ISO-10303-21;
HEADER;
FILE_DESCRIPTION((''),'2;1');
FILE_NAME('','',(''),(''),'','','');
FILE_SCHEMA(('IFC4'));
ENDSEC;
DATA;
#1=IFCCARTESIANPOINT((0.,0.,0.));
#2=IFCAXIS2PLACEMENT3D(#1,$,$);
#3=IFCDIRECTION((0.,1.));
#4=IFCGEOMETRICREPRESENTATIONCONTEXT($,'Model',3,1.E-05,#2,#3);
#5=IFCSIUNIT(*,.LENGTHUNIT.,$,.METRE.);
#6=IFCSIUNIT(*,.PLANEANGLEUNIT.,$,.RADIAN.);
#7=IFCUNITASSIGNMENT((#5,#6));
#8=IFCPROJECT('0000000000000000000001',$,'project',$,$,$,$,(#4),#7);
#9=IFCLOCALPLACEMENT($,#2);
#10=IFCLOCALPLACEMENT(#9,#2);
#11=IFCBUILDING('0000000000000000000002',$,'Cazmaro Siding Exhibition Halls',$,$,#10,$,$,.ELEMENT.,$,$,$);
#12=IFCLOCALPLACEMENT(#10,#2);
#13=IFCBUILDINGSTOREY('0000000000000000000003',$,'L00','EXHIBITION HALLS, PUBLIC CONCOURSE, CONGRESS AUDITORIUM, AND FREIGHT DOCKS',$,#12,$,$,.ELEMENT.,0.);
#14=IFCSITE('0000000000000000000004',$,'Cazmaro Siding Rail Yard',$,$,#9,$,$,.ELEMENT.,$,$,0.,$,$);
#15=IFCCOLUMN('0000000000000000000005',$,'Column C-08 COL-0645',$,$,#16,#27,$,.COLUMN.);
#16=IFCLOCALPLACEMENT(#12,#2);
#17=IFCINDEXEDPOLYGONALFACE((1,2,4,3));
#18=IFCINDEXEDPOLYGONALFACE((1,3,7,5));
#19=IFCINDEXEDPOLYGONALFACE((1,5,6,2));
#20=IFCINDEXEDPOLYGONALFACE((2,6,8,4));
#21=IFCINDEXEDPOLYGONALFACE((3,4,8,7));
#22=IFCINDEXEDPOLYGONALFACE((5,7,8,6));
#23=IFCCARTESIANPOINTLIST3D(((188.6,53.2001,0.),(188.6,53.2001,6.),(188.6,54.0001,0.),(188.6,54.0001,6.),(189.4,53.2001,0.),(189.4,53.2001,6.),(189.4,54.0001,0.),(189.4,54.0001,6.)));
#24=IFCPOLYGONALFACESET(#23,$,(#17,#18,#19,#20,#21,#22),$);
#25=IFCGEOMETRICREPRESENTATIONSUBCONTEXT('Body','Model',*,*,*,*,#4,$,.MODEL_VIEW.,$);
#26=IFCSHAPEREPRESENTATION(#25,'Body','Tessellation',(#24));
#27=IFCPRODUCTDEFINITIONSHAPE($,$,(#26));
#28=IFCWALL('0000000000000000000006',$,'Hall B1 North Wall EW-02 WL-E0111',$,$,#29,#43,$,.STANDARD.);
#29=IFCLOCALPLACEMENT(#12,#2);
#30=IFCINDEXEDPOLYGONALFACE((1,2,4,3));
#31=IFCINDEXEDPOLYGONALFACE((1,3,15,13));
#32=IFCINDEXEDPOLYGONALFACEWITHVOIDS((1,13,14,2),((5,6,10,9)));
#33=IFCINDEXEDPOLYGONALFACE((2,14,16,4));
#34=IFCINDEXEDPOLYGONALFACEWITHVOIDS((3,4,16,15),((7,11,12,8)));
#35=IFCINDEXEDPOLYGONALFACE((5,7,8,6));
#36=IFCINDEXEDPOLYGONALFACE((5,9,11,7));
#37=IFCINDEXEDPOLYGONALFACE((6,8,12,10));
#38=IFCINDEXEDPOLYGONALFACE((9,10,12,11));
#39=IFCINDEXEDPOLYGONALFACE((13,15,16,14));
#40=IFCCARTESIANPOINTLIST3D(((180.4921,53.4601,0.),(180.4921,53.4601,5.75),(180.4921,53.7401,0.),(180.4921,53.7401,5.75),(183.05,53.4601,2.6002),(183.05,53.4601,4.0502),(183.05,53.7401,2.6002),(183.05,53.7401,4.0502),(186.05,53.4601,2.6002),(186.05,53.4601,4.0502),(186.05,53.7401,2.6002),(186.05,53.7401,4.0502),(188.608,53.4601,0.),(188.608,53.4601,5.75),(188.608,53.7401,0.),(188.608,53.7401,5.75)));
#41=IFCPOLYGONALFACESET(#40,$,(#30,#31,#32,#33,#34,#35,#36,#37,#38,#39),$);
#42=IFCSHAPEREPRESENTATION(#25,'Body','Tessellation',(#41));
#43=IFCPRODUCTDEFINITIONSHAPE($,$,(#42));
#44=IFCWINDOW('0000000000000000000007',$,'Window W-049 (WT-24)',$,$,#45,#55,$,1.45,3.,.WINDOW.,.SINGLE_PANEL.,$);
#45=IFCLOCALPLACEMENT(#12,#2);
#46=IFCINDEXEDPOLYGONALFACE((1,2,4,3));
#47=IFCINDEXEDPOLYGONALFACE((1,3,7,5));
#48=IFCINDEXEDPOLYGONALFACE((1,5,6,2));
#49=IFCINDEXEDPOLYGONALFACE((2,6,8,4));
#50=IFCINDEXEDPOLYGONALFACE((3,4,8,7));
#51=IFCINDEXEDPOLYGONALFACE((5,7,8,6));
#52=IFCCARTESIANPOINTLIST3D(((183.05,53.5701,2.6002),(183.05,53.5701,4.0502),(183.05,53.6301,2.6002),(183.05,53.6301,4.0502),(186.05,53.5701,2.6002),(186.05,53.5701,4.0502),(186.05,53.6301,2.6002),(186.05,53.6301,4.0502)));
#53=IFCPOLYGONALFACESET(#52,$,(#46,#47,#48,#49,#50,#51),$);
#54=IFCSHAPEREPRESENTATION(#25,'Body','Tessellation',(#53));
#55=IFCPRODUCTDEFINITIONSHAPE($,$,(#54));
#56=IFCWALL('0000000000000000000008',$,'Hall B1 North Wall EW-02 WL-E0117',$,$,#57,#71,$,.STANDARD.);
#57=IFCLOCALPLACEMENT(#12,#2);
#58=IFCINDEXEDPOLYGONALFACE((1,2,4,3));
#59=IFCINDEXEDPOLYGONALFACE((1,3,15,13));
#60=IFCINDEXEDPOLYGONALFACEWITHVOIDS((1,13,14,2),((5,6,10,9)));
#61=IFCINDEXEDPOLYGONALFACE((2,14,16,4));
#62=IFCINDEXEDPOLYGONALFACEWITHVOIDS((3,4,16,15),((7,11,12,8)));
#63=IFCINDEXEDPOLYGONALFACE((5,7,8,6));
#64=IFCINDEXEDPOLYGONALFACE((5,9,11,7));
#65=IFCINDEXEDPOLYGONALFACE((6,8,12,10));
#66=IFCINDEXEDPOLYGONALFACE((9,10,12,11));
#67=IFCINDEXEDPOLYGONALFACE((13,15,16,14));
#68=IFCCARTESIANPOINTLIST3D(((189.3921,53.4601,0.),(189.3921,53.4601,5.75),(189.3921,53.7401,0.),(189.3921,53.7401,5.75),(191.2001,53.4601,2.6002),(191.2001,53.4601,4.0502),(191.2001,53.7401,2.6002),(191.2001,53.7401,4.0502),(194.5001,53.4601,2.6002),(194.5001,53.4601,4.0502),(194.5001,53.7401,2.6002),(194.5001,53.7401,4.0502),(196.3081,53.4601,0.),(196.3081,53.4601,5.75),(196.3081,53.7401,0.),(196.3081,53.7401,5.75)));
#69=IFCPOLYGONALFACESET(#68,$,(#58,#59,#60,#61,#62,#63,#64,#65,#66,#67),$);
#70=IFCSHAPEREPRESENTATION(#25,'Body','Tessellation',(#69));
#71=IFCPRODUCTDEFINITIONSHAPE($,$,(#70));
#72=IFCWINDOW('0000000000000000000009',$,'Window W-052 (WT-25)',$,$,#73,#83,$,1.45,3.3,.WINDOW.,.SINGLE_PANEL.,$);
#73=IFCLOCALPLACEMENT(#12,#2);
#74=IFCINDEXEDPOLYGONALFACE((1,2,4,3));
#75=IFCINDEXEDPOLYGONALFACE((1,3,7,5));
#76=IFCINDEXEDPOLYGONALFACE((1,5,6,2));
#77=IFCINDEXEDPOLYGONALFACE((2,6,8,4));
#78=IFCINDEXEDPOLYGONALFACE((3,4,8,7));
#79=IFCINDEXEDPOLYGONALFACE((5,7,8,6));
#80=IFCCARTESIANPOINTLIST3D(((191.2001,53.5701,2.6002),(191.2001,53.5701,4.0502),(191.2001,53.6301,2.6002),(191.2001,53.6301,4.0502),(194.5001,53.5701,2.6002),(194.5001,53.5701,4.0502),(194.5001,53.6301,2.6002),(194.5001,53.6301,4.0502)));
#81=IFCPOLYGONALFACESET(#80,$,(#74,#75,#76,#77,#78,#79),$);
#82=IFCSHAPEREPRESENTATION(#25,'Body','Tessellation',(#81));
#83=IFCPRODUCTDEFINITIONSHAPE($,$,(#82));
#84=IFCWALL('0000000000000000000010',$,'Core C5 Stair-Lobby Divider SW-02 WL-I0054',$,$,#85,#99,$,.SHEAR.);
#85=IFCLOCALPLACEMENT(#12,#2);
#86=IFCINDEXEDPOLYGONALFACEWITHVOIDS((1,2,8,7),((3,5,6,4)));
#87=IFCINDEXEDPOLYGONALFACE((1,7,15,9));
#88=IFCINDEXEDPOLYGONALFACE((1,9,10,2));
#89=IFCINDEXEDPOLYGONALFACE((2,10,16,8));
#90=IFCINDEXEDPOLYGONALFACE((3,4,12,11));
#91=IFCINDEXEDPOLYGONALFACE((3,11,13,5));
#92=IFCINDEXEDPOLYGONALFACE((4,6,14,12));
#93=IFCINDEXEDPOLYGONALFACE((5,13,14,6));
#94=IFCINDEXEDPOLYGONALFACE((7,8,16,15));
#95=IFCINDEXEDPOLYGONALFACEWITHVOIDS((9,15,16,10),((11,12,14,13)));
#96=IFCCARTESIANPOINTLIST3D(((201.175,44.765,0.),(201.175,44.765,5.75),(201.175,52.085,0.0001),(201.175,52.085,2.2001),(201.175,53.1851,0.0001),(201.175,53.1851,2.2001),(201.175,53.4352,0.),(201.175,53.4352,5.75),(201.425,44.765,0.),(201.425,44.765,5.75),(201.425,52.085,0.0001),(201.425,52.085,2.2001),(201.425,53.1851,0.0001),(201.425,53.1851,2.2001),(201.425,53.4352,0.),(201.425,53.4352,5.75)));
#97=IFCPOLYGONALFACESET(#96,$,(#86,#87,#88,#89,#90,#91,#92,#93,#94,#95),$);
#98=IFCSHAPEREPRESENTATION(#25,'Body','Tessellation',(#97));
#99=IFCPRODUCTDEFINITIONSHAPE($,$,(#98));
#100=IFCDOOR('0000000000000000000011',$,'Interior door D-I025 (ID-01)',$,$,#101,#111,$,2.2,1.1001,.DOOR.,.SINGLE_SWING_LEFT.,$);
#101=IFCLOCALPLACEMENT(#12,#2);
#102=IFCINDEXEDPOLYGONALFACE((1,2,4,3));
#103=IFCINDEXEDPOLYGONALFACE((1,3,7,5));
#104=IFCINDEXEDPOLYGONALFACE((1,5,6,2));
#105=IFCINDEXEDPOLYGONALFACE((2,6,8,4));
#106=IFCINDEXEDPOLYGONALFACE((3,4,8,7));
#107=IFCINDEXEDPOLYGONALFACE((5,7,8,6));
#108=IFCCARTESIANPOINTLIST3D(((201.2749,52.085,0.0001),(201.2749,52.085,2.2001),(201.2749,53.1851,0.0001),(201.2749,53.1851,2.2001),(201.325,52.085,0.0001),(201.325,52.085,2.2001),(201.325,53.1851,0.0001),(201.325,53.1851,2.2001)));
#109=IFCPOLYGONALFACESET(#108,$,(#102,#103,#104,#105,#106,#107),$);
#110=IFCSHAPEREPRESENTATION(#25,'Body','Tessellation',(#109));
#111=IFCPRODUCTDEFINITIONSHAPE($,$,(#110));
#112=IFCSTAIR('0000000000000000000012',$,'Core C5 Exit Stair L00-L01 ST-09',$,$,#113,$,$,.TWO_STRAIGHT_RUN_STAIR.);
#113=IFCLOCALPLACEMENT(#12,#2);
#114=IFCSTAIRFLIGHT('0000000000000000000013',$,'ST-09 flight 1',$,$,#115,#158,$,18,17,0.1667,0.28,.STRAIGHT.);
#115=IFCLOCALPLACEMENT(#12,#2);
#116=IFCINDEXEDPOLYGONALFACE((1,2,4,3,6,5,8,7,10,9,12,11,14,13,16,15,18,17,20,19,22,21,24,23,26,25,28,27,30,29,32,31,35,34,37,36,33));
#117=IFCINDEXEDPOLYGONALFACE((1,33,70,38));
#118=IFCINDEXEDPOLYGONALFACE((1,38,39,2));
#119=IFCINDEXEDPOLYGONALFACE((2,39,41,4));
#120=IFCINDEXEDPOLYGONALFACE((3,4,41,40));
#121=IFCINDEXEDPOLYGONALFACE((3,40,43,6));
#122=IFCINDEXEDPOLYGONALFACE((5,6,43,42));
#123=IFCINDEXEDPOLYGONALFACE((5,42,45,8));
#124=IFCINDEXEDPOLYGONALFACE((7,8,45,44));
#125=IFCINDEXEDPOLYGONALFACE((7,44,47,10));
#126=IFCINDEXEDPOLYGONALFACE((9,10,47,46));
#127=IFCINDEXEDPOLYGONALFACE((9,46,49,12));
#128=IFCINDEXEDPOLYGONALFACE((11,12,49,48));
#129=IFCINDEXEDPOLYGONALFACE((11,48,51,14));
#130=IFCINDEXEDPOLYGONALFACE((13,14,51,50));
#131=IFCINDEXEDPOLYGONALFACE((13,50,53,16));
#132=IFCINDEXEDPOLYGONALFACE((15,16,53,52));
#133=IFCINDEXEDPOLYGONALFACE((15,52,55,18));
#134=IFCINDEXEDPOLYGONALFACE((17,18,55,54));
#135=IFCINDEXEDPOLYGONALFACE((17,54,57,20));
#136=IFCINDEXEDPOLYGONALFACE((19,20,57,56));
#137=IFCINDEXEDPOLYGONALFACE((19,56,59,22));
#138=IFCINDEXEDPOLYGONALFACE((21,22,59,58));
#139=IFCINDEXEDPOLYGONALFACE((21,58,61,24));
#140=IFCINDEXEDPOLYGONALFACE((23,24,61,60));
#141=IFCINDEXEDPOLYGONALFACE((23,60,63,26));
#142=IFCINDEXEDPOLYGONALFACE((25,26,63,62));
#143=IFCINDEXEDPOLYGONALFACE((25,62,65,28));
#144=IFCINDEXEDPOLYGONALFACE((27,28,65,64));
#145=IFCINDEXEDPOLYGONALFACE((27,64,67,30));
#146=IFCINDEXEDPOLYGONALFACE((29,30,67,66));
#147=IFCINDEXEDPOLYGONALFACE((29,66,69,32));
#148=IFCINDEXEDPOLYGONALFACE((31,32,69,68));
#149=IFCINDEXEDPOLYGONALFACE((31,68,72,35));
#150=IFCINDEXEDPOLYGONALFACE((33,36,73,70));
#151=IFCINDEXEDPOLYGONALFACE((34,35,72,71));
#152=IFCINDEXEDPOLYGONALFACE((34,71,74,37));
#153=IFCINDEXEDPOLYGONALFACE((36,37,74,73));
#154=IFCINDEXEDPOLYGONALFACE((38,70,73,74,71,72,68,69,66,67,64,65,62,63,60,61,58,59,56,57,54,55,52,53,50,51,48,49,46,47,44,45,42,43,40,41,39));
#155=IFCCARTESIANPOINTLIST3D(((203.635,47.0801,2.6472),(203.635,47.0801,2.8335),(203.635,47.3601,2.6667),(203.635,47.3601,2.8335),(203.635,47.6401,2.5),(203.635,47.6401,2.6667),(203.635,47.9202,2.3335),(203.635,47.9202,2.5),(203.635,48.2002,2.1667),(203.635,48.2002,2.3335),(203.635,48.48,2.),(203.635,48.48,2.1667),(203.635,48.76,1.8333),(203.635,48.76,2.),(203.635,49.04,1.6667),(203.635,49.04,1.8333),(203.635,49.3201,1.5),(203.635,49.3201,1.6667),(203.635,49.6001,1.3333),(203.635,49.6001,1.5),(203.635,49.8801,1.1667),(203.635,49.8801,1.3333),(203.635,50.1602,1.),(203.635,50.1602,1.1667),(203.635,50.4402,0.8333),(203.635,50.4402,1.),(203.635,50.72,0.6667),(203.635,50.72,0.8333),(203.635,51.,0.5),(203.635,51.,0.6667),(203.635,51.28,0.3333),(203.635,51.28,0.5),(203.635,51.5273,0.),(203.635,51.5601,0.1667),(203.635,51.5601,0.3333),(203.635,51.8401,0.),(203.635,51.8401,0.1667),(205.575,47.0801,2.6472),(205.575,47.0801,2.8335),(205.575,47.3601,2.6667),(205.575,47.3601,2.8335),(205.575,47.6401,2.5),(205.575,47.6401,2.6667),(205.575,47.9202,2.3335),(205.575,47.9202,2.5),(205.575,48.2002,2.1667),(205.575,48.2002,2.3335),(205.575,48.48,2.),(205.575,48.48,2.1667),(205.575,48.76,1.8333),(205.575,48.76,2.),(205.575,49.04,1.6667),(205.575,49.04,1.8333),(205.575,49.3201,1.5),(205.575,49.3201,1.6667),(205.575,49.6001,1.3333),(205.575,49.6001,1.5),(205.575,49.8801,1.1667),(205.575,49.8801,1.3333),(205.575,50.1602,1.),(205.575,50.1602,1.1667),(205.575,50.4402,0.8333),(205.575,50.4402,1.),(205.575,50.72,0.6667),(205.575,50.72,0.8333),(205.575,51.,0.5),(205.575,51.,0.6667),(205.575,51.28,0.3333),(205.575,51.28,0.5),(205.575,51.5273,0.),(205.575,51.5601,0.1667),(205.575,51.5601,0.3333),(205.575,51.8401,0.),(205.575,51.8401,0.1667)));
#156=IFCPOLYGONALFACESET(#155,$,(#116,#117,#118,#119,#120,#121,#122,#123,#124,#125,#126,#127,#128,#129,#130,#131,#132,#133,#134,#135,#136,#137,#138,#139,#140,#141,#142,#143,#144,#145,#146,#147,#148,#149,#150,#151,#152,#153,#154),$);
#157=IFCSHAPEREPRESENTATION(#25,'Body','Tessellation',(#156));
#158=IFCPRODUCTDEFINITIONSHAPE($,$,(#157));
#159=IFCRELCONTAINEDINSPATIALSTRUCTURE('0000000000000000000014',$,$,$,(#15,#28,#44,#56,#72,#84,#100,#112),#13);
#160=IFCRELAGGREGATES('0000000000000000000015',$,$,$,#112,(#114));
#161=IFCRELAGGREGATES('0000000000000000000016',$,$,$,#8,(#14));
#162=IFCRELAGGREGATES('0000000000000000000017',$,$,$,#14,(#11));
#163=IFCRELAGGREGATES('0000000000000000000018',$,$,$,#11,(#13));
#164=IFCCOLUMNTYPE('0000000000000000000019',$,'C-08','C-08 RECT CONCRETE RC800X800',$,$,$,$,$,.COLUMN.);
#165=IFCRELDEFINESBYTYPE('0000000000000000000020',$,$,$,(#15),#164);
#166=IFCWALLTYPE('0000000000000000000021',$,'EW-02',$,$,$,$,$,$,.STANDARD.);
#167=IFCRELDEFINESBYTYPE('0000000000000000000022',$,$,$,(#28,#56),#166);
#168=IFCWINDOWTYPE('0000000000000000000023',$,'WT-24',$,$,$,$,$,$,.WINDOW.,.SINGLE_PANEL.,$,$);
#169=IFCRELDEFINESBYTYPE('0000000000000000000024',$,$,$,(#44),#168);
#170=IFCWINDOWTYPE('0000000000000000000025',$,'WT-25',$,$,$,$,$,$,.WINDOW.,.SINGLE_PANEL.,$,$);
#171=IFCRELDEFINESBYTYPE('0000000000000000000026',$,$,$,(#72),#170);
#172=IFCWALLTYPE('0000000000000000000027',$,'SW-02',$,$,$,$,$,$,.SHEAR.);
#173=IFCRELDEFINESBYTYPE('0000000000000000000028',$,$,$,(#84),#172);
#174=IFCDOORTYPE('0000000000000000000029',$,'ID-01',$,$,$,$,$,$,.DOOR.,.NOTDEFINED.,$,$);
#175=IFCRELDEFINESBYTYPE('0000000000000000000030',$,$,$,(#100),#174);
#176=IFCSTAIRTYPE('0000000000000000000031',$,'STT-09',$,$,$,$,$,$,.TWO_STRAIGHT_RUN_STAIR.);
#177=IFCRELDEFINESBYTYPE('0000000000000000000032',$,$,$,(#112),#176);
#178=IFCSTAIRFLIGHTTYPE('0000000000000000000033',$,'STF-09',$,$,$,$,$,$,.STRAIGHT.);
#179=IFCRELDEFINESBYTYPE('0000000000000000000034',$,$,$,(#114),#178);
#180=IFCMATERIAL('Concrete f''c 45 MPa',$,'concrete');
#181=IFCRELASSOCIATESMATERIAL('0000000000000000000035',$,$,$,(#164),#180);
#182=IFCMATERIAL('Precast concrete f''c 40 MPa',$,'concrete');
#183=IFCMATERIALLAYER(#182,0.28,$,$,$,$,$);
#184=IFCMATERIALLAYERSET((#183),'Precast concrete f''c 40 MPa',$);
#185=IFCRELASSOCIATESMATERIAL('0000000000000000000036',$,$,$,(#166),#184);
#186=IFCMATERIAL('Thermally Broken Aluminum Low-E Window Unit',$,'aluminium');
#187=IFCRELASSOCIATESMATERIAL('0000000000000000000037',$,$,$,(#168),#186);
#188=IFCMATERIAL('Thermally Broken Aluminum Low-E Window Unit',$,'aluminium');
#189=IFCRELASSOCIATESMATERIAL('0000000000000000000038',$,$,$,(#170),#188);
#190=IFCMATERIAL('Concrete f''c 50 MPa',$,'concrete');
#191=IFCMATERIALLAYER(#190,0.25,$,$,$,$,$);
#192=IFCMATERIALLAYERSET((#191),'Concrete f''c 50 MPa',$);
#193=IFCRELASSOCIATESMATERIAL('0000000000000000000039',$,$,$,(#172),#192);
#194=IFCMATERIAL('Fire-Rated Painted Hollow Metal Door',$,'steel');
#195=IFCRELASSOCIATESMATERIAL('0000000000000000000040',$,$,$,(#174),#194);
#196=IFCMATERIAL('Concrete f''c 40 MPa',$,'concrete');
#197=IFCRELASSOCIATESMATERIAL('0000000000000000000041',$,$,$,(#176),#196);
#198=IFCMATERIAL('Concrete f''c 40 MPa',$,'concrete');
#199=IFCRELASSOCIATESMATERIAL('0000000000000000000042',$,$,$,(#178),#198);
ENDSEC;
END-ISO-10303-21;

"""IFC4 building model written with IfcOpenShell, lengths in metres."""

from ifc_helpers import new_model, si_unit, direction, frame, frame_2d, origin, origin_2d, place, context, subcontext, project, spatial, polyline, rectangle, outline, extrude, material, layer, layer_set, material_profile, profile_set, type_object, element, fill, aggregate, save


model = new_model("IFC4")

# Units and contexts
model_context = context("Model", 3, precision=1e-05, world=origin(), true_north=direction((0.0, 1.0)))
body_context = subcontext(model_context, "Body", "Model", "MODEL_VIEW")
ifc_project = project(units=[si_unit("LENGTHUNIT", "METRE"), si_unit("PLANEANGLEUNIT", "RADIAN")], contexts=[model_context])

# Site, building, storey
site_placement = place(None, origin())
site = spatial("IfcSite", under=ifc_project, at=site_placement, Name="Cazmaro Siding Rail Yard", CompositionType="ELEMENT", RefElevation=0.0)
building_placement = place(site_placement, origin())
building = spatial("IfcBuilding", under=site, at=building_placement, Name="Cazmaro Siding Exhibition Halls", CompositionType="ELEMENT")
storey_placement = place(building_placement, origin())
storey = spatial("IfcBuildingStorey", under=building, at=storey_placement, Name="L00", Description="EXHIBITION HALLS, PUBLIC CONCOURSE, CONGRESS AUDITORIUM, AND FREIGHT DOCKS", CompositionType="ELEMENT", Elevation=0.0)

# Column
ifc_material_1 = material(Name="Concrete f'c 45 MPa", Category="concrete")
ifc_material_profile_1 = material_profile(ifc_material_1, rectangle(XDim=0.8, YDim=0.8, at=origin_2d()), Name="RC800X800")
ifc_profile_set_1 = profile_set([ifc_material_profile_1], Name="Concrete f'c 45 MPa")
column_type_1 = type_object("IfcColumnType", Name="C-08", Description="C-08 RECT CONCRETE RC800X800", PredefinedType="COLUMN", material=ifc_profile_set_1)
column_1_placement = place(storey_placement, frame((189.0, 53.6001, 0.0), z_axis=(0.0, 0.0, 1.0), x_axis=(1.0, 0.0, 0.0)))
element("IfcColumn", 1, at=column_1_placement, inside=storey, type_object=column_type_1, Name="Column C-08 COL-0645", PredefinedType="COLUMN", context=body_context, shape_type="SweptSolid", body=[
    extrude(rectangle(XDim=0.8, YDim=0.8, at=origin_2d()), origin(), (0.0, 0.0, 1.0), 6.0),
])

# Walls, openings, windows
ifc_material_2 = material(Name="Precast concrete f'c 40 MPa", Category="concrete")
ifc_layer_1 = layer(ifc_material_2, 0.28)
ifc_layer_set_1 = layer_set([ifc_layer_1], Name="Precast concrete f'c 40 MPa")
wall_type_1 = type_object("IfcWallType", Name="EW-02", PredefinedType="STANDARD", material=ifc_layer_set_1)
wall_1_placement = place(storey_placement, frame((180.4919, 53.6001, 0.0), z_axis=(0.0, 0.0, 1.0), x_axis=(1.0, 0.0, 0.0)))
wall_1 = element("IfcWall", 2, at=wall_1_placement, inside=storey, type_object=wall_type_1, Name="Hall B1 North Wall EW-02 WL-E0111", PredefinedType="STANDARD", context=body_context, shape_type="SweptSolid", body=[
    extrude(rectangle(XDim=8.116, YDim=0.28, at=frame_2d((4.0581, 0.0))), origin(), (0.0, 0.0, 1.0), 5.75),
])
opening_1_placement = place(wall_1_placement, frame((2.5581, 0.0, 2.6001)))
opening_1 = element("IfcOpeningElement", 3, at=opening_1_placement, cuts=wall_1, PredefinedType="OPENING", context=body_context, shape_type="SweptSolid", body=[
    extrude(rectangle(XDim=3.0, YDim=1.45, at=frame_2d((1.5, 0.7251))), frame((0.0, 0.1499, 0.0), z_axis=(0.0, -1.0, 0.0), x_axis=(1.0, 0.0, 0.0)), (0.0, 0.0, 1.0), 0.3),
])
ifc_material_3 = material(Name="Thermally Broken Aluminum Low-E Window Unit", Category="aluminium")
window_type_1 = type_object("IfcWindowType", Name="WT-24", PartitioningType="SINGLE_PANEL", PredefinedType="WINDOW", material=ifc_material_3)
window_1_placement = place(opening_1_placement, origin())
window_1 = element("IfcWindow", 4, at=window_1_placement, inside=storey, type_object=window_type_1, Name="Window W-049 (WT-24)", OverallHeight=1.45, OverallWidth=3.0, PartitioningType="SINGLE_PANEL", PredefinedType="WINDOW", context=body_context, shape_type="SweptSolid", body=[
    extrude(rectangle(XDim=3.0, YDim=1.45, at=frame_2d((1.5, 0.7251))), frame((0.0, 0.03, 0.0), z_axis=(0.0, -1.0, 0.0), x_axis=(1.0, 0.0, 0.0)), (0.0, 0.0, 1.0), 0.0601),
])
fill(opening_1, window_1)
wall_2_placement = place(storey_placement, frame((189.3921, 53.6001, 0.0), z_axis=(0.0, 0.0, 1.0), x_axis=(1.0, 0.0, 0.0)))
wall_2 = element("IfcWall", 5, at=wall_2_placement, inside=storey, type_object=wall_type_1, Name="Hall B1 North Wall EW-02 WL-E0117", PredefinedType="STANDARD", context=body_context, shape_type="SweptSolid", body=[
    extrude(rectangle(XDim=6.916, YDim=0.28, at=frame_2d((3.458, 0.0))), origin(), (0.0, 0.0, 1.0), 5.75),
])
opening_2_placement = place(wall_2_placement, frame((1.8081, 0.0, 2.6001)))
opening_2 = element("IfcOpeningElement", 6, at=opening_2_placement, cuts=wall_2, PredefinedType="OPENING", context=body_context, shape_type="SweptSolid", body=[
    extrude(rectangle(XDim=3.3, YDim=1.45, at=frame_2d((1.6499, 0.7251))), frame((0.0, 0.1499, 0.0), z_axis=(0.0, -1.0, 0.0), x_axis=(1.0, 0.0, 0.0)), (0.0, 0.0, 1.0), 0.3),
])
ifc_material_4 = material(Name="Thermally Broken Aluminum Low-E Window Unit", Category="aluminium")
window_type_2 = type_object("IfcWindowType", Name="WT-25", PartitioningType="SINGLE_PANEL", PredefinedType="WINDOW", material=ifc_material_4)
window_2_placement = place(opening_2_placement, origin())
window_2 = element("IfcWindow", 7, at=window_2_placement, inside=storey, type_object=window_type_2, Name="Window W-052 (WT-25)", OverallHeight=1.45, OverallWidth=3.3, PartitioningType="SINGLE_PANEL", PredefinedType="WINDOW", context=body_context, shape_type="SweptSolid", body=[
    extrude(rectangle(XDim=3.3, YDim=1.45, at=frame_2d((1.6499, 0.7251))), frame((0.0, 0.03, 0.0), z_axis=(0.0, -1.0, 0.0), x_axis=(1.0, 0.0, 0.0)), (0.0, 0.0, 1.0), 0.0601),
])
fill(opening_2, window_2)

# Wall, opening, door
ifc_material_5 = material(Name="Concrete f'c 50 MPa", Category="concrete")
ifc_layer_2 = layer(ifc_material_5, 0.25)
ifc_layer_set_2 = layer_set([ifc_layer_2], Name="Concrete f'c 50 MPa")
wall_type_2 = type_object("IfcWallType", Name="SW-02", PredefinedType="SHEAR", material=ifc_layer_set_2)
wall_3_placement = place(storey_placement, frame((201.3, 53.4351, 0.0), z_axis=(0.0, 0.0, 1.0), x_axis=(0.0, -1.0, 0.0)))
wall_3 = element("IfcWall", 8, at=wall_3_placement, inside=storey, type_object=wall_type_2, Name="Core C5 Stair-Lobby Divider SW-02 WL-I0054", PredefinedType="SHEAR", context=body_context, shape_type="SweptSolid", body=[
    extrude(rectangle(XDim=8.6702, YDim=0.25, at=frame_2d((4.335, 0.0))), origin(), (0.0, 0.0, 1.0), 5.75),
])
opening_3_placement = place(wall_3_placement, frame((0.25, 0.0, 0.0)))
opening_3 = element("IfcOpeningElement", 9, at=opening_3_placement, cuts=wall_3, PredefinedType="OPENING", context=body_context, shape_type="SweptSolid", body=[
    extrude(rectangle(XDim=1.1001, YDim=2.2, at=frame_2d((0.55, 1.1001))), frame((0.0, 0.135, 0.0), z_axis=(0.0, -1.0, 0.0), x_axis=(1.0, 0.0, 0.0)), (0.0, 0.0, 1.0), 0.27),
])
ifc_material_6 = material(Name="Fire-Rated Painted Hollow Metal Door", Category="steel")
door_type_1 = type_object("IfcDoorType", Name="ID-01", OperationType="NOTDEFINED", PredefinedType="DOOR", material=ifc_material_6)
door_1_placement = place(opening_3_placement, origin())
door_1 = element("IfcDoor", 10, at=door_1_placement, inside=storey, type_object=door_type_1, Name="Interior door D-I025 (ID-01)", OperationType="SINGLE_SWING_LEFT", OverallHeight=2.2, OverallWidth=1.1001, PredefinedType="DOOR", context=body_context, shape_type="SweptSolid", body=[
    extrude(rectangle(XDim=1.1001, YDim=2.2, at=frame_2d((0.55, 1.1001))), frame((0.0, 0.0249, 0.0), z_axis=(0.0, -1.0, 0.0), x_axis=(1.0, 0.0, 0.0)), (0.0, 0.0, 1.0), 0.05),
])
fill(opening_3, door_1)

# Stair, stair flight
ifc_material_7 = material(Name="Concrete f'c 40 MPa", Category="concrete")
stair_type = type_object("IfcStairType", Name="STT-09", PredefinedType="TWO_STRAIGHT_RUN_STAIR", material=ifc_material_7)
stair_placement = place(storey_placement, origin())
stair = element("IfcStair", 11, at=stair_placement, inside=storey, type_object=stair_type, Name="Core C5 Exit Stair L00-L01 ST-09", PredefinedType="TWO_STRAIGHT_RUN_STAIR")
ifc_material_8 = material(Name="Concrete f'c 40 MPa", Category="concrete")
stair_flight_type = type_object("IfcStairFlightType", Name="STF-09", PredefinedType="STRAIGHT", material=ifc_material_8)
stair_flight_placement = place(storey_placement, frame((204.605, 51.8401, 0.0), z_axis=(0.0, 0.0, 1.0), x_axis=(0.0, -1.0, 0.0)))
stair_flight = element("IfcStairFlight", 12, at=stair_flight_placement, type_object=stair_flight_type, Name="ST-09 flight 1", NumberOfRisers=18, NumberOfTreads=17, PredefinedType="STRAIGHT", RiserHeight=0.1667, TreadLength=0.28, context=body_context, shape_type="SweptSolid", body=[
    extrude(outline(polyline([(0.0, 0.0), (0.0, 0.1667), (0.28, 0.1667), (0.28, 0.3333), (0.5601, 0.3333), (0.5601, 0.5), (0.8401, 0.5), (0.8401, 0.6667), (1.1201, 0.6667), (1.1201, 0.8333), (1.3999, 0.8333), (1.3999, 1.0), (1.6799, 1.0), (1.6799, 1.1667), (1.96, 1.1667), (1.96, 1.3333), (2.24, 1.3333), (2.24, 1.5), (2.52, 1.5), (2.52, 1.6667), (2.8, 1.6667), (2.8, 1.8333), (3.0801, 1.8333), (3.0801, 2.0), (3.3601, 2.0), (3.3601, 2.1667), (3.6399, 2.1667), (3.6399, 2.3335), (3.9199, 2.3335), (3.9199, 2.5), (4.2, 2.5), (4.2, 2.6667), (4.48, 2.6667), (4.48, 2.8335), (4.76, 2.8335), (4.76, 3.0), (4.76, 2.6472), (0.3127, 0.0), (0.0, 0.0)])), frame((0.0, 0.97, 0.0), z_axis=(0.0, -1.0, 0.0), x_axis=(1.0, 0.0, 0.0)), (0.0, 0.0, 1.0), 1.9399),
])
aggregate(stair, [stair_flight])

save(model, "model.ifc")
